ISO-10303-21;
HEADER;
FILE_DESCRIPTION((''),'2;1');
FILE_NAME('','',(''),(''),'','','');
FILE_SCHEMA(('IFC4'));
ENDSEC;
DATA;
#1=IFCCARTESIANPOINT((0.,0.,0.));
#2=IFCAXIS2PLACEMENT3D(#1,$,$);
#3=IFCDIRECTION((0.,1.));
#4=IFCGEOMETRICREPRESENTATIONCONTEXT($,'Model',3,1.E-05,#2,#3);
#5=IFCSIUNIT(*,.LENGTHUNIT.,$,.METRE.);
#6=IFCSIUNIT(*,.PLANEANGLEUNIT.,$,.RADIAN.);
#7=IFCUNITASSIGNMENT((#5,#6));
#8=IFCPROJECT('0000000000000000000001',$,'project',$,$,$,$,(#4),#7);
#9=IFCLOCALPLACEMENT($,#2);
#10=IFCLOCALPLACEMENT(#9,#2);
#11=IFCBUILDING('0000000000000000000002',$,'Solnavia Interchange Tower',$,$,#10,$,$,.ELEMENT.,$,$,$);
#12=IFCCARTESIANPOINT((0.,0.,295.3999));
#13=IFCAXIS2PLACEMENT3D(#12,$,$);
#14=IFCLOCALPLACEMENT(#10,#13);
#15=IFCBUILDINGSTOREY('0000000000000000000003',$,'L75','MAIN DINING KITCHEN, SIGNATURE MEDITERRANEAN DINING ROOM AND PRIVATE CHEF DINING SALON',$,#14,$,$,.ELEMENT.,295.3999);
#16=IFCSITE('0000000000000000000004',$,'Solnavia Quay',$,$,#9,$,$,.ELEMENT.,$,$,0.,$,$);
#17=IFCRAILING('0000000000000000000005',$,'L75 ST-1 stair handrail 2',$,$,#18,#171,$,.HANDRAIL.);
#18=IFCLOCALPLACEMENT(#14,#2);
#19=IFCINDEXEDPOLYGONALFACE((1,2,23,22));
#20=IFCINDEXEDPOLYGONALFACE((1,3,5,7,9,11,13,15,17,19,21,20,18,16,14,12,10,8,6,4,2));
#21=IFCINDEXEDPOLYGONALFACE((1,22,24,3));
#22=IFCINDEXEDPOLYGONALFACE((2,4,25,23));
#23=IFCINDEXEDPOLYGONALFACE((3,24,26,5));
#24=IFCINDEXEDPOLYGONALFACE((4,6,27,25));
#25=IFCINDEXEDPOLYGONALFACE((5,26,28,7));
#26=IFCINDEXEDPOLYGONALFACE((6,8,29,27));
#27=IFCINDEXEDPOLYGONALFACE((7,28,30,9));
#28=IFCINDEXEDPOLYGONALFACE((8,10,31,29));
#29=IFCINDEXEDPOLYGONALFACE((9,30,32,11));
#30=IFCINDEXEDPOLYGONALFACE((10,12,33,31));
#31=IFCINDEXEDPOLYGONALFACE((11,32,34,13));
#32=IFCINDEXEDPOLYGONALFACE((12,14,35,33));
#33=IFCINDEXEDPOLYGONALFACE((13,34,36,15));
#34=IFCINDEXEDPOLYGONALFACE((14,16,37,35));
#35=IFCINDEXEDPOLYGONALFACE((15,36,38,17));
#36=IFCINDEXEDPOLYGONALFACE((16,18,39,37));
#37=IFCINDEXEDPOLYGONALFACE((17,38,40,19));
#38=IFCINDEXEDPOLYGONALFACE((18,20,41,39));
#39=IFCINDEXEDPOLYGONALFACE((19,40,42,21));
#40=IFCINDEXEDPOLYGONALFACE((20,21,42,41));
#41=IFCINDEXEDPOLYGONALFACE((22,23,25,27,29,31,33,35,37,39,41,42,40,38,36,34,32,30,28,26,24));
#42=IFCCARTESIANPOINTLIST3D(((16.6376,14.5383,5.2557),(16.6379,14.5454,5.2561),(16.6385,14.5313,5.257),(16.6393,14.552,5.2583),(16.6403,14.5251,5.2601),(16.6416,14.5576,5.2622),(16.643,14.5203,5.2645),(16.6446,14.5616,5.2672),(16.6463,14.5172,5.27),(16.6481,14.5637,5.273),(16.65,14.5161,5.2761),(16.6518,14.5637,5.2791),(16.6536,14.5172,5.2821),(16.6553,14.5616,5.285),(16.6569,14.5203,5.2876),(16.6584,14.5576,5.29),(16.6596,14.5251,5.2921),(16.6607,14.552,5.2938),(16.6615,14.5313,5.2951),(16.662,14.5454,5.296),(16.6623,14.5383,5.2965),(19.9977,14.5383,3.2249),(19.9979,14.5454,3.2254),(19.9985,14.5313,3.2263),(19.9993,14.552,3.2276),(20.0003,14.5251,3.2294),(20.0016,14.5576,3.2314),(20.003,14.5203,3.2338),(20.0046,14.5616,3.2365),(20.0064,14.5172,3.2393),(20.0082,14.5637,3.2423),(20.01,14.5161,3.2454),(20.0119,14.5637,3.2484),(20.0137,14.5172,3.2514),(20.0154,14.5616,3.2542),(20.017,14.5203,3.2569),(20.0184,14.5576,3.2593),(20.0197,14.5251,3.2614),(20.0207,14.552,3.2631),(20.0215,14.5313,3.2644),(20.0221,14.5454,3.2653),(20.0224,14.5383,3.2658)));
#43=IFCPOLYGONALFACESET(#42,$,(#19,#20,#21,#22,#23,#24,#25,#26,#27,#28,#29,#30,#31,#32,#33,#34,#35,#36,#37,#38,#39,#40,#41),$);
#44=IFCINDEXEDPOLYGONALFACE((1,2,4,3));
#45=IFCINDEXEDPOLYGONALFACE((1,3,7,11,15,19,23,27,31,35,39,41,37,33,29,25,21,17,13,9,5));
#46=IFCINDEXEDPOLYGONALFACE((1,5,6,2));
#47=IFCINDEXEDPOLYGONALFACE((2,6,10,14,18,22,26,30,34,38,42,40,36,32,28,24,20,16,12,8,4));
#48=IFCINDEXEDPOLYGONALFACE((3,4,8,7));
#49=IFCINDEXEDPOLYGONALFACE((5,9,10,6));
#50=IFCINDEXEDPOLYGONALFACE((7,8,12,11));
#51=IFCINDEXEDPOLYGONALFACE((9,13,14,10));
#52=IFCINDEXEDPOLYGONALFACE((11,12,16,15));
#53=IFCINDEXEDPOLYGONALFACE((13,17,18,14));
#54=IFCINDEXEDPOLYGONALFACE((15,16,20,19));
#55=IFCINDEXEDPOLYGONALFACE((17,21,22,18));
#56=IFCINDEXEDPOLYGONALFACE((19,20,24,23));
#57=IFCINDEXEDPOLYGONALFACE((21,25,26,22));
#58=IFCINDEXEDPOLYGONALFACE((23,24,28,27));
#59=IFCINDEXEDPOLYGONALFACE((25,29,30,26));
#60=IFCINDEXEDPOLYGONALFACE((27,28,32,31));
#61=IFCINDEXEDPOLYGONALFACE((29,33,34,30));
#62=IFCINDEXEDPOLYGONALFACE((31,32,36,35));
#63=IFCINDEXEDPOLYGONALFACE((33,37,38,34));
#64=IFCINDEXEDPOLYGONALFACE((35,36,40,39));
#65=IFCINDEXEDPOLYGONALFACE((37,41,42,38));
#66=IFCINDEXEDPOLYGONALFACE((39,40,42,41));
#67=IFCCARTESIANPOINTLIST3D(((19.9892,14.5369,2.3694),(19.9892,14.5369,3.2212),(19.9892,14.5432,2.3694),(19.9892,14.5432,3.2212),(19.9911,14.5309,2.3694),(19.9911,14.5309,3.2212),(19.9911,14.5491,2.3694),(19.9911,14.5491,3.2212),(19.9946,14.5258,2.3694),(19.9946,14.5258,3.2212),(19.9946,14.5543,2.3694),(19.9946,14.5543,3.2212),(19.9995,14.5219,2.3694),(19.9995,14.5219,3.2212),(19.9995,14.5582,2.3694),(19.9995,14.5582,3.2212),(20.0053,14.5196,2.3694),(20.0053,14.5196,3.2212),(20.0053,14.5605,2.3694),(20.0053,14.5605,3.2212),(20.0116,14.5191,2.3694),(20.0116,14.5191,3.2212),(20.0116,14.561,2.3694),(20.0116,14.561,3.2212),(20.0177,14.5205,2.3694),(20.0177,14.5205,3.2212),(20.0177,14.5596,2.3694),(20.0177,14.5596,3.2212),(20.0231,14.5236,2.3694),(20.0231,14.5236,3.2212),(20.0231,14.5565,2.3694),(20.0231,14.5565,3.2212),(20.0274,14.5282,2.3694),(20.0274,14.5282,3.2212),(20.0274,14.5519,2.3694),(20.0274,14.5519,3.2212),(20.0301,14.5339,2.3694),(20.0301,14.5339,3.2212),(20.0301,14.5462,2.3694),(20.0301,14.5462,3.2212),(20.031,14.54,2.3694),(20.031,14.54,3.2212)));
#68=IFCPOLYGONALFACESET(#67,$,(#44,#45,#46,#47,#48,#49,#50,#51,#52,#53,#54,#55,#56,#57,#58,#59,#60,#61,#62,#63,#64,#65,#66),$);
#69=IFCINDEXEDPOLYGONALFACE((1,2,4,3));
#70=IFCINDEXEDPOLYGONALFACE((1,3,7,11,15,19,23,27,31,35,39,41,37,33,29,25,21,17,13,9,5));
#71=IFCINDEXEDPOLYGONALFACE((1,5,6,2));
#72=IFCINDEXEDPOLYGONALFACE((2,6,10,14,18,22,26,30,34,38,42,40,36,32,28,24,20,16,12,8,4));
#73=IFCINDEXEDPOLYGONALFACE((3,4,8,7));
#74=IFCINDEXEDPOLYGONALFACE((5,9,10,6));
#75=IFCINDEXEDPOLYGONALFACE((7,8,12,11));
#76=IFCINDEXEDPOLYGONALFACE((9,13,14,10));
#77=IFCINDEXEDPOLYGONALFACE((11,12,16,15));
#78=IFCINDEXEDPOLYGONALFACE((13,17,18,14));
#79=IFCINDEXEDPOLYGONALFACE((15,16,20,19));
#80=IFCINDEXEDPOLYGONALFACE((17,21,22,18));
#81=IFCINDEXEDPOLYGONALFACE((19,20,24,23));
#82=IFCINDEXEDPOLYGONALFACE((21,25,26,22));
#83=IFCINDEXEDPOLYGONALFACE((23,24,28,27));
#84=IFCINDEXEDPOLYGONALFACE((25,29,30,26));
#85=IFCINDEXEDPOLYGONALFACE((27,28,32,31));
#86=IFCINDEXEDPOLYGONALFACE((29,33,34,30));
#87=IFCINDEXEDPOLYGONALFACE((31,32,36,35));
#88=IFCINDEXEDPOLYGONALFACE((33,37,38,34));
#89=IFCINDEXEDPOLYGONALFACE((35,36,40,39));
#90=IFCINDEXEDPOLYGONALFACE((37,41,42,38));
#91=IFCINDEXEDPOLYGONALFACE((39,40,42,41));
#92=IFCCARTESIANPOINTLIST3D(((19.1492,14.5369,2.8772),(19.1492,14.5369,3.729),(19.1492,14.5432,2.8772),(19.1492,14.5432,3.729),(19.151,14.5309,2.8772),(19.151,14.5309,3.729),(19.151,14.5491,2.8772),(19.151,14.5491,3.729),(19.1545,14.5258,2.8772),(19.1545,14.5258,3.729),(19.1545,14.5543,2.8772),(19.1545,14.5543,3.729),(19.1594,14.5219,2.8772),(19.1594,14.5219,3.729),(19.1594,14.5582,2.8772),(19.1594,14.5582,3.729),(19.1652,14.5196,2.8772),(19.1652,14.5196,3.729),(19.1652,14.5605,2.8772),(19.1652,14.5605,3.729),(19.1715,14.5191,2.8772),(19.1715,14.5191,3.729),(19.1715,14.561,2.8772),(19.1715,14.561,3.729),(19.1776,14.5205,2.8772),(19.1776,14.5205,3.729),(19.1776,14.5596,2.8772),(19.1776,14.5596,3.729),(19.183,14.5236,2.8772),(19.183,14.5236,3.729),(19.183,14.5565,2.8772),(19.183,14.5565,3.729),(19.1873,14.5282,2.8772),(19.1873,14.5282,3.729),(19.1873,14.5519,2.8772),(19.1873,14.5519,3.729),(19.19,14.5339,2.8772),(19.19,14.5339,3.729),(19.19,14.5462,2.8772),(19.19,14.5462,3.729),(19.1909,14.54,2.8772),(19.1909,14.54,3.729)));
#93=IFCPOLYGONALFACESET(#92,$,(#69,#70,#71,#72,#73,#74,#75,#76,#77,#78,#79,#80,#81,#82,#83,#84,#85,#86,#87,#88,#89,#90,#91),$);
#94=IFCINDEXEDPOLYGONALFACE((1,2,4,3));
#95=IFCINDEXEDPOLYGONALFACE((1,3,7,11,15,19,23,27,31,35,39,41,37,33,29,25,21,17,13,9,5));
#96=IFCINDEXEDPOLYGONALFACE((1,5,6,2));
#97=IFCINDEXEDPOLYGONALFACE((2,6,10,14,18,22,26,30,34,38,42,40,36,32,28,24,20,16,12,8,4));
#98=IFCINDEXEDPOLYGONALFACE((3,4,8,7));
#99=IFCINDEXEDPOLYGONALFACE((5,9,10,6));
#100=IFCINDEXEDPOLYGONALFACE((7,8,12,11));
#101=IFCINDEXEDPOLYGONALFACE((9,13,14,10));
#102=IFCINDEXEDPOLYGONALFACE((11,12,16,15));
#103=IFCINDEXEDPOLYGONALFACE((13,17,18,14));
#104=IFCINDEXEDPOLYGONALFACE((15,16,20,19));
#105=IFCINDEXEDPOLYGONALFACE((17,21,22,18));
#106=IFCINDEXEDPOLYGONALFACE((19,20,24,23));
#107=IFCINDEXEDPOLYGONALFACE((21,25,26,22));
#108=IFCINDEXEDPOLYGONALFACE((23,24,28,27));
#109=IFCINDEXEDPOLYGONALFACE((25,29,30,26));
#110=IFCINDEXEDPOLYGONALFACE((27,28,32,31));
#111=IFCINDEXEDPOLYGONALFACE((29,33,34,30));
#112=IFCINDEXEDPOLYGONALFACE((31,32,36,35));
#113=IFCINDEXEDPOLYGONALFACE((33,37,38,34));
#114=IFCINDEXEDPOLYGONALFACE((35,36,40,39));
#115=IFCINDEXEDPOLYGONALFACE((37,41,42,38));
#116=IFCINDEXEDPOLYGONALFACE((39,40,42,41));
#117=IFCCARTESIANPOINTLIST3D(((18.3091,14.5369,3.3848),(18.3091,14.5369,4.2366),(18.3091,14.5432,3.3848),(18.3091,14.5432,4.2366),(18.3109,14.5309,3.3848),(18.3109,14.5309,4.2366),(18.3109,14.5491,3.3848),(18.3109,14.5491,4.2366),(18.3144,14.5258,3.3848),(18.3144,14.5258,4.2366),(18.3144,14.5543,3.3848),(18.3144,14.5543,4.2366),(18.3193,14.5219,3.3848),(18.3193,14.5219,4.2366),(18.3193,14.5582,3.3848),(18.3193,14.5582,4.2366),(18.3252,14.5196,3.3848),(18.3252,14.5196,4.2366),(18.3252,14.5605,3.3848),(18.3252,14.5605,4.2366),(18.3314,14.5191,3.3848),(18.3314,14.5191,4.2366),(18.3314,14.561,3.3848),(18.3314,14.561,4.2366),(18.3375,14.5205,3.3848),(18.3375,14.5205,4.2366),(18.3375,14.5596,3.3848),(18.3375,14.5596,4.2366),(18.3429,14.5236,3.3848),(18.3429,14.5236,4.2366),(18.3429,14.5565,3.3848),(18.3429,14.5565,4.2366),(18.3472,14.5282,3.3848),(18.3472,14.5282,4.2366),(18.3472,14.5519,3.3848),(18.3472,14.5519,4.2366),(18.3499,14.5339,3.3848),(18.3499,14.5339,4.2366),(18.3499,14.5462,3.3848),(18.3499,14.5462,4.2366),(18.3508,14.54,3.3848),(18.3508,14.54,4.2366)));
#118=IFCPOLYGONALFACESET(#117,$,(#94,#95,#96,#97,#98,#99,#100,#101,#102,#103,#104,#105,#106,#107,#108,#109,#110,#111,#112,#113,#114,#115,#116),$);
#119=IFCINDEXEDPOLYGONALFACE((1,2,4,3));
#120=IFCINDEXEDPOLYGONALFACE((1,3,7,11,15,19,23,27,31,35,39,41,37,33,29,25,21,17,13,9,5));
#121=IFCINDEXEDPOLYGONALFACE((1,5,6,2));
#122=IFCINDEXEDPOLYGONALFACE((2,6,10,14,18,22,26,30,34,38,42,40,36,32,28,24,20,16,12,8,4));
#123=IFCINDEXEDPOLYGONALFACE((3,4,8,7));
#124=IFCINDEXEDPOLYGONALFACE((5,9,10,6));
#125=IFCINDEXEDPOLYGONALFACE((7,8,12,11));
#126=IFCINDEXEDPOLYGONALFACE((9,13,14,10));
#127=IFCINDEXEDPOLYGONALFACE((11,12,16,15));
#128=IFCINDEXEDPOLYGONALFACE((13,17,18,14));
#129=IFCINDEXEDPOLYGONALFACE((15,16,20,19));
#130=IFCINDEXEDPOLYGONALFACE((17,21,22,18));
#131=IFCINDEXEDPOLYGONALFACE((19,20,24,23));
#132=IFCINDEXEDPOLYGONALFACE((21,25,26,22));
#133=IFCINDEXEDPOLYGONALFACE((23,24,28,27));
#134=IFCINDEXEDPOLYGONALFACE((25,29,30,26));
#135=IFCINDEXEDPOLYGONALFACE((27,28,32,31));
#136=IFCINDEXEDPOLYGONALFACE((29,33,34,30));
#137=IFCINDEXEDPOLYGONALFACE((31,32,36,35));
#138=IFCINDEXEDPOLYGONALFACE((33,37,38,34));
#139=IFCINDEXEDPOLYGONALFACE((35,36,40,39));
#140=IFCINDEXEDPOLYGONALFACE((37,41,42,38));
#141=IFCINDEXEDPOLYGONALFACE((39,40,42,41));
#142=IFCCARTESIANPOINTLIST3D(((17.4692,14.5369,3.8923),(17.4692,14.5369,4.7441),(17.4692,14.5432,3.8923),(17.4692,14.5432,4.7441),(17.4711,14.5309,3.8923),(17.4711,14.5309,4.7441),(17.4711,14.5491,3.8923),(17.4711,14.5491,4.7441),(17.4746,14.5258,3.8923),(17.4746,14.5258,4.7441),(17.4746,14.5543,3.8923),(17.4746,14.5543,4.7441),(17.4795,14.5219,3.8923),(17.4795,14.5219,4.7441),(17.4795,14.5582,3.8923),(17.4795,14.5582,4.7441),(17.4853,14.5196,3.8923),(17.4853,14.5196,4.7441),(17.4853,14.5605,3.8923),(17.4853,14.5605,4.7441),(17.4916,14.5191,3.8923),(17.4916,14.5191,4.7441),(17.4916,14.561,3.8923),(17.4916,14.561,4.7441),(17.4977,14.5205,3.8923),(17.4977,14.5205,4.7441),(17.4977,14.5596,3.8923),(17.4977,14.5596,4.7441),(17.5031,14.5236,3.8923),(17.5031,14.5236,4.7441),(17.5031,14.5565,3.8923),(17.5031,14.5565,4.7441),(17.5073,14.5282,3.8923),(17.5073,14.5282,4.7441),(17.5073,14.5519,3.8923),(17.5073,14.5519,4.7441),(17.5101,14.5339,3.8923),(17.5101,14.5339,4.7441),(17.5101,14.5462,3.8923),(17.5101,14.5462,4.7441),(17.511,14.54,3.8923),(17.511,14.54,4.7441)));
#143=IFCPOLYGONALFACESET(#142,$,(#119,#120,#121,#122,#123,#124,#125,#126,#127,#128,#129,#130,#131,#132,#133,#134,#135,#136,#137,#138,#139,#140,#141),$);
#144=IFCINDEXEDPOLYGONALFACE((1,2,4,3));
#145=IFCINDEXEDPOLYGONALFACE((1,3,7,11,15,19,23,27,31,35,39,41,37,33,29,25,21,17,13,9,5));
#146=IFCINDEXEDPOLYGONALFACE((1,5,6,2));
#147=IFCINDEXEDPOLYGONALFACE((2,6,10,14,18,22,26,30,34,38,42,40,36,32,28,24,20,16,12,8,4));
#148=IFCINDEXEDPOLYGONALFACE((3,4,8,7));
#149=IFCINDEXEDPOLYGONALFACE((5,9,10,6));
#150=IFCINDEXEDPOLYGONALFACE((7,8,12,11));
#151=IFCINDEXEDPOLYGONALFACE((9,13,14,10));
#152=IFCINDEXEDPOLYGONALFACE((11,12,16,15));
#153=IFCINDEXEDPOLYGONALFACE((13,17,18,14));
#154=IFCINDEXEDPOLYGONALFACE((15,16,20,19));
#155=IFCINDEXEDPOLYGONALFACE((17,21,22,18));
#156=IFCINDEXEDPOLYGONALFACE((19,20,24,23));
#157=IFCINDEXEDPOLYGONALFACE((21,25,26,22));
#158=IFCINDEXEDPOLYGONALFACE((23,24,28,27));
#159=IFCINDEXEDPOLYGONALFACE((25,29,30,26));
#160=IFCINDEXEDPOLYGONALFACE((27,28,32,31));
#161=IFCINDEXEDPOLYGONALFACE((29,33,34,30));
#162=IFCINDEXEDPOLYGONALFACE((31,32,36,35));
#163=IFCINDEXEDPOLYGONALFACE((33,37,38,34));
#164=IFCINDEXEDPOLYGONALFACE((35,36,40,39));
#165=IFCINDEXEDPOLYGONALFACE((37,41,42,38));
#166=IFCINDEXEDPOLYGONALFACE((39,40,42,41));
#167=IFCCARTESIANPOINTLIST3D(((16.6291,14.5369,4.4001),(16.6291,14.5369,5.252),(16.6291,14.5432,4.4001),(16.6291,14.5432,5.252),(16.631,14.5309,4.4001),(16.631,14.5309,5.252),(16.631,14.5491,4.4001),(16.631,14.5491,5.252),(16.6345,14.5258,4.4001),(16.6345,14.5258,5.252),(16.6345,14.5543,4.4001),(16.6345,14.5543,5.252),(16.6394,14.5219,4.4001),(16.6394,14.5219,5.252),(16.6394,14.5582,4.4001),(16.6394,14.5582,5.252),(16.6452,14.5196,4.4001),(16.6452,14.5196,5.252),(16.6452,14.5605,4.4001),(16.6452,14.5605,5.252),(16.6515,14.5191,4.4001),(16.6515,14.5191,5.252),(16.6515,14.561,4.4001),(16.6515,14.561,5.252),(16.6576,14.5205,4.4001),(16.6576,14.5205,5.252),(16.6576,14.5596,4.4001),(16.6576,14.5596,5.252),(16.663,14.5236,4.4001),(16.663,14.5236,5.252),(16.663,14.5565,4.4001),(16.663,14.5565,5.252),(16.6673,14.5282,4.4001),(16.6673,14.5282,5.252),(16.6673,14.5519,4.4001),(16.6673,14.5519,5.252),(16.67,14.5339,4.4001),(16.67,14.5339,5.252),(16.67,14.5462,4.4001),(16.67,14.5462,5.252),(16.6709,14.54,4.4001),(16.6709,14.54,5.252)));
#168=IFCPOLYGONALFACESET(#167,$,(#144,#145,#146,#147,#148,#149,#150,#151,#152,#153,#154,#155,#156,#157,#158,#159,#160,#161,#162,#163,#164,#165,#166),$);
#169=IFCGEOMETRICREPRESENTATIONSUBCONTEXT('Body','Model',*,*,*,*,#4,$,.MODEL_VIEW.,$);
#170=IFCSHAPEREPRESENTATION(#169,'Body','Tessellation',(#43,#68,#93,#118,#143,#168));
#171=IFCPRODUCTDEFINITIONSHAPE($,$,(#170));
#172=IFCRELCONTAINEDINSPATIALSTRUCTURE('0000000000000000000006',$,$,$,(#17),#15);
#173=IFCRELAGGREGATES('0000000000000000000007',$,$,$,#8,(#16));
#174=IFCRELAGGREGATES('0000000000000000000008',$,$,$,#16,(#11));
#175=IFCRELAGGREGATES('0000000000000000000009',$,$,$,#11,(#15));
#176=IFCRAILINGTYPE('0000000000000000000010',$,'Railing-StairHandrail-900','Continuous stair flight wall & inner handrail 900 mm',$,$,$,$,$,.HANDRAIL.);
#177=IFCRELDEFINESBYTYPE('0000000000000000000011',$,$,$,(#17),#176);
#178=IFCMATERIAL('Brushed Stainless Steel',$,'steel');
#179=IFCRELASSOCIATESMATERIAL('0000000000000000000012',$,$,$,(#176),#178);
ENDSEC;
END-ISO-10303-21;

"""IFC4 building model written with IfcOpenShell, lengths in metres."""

from ifc_helpers import new_model, si_unit, direction, frame, origin, origin_2d, place, context, subcontext, project, spatial, circle, extrude, material, type_object, element, save


model = new_model("IFC4")

# Units and contexts
model_context = context("Model", 3, precision=1e-05, world=origin(), true_north=direction((0.0, 1.0)))
body_context = subcontext(model_context, "Body", "Model", "MODEL_VIEW")
ifc_project = project(units=[si_unit("LENGTHUNIT", "METRE"), si_unit("PLANEANGLEUNIT", "RADIAN")], contexts=[model_context])

# Site, building, storey
site_placement = place(None, origin())
site = spatial("IfcSite", under=ifc_project, at=site_placement, Name="Solnavia Quay", CompositionType="ELEMENT", RefElevation=0.0)
building_placement = place(site_placement, origin())
building = spatial("IfcBuilding", under=site, at=building_placement, Name="Solnavia Interchange Tower", CompositionType="ELEMENT")
storey_placement = place(building_placement, frame((0.0, 0.0, 295.3999)))
storey = spatial("IfcBuildingStorey", under=building, at=storey_placement, Name="L75", Description="MAIN DINING KITCHEN, SIGNATURE MEDITERRANEAN DINING ROOM AND PRIVATE CHEF DINING SALON", CompositionType="ELEMENT", Elevation=295.3999)

# Railing
ifc_material_1 = material(Name="Brushed Stainless Steel", Category="steel")
railing_type_1 = type_object("IfcRailingType", Name="Railing-StairHandrail-900", Description="Continuous stair flight wall & inner handrail 900 mm", PredefinedType="HANDRAIL", material=ifc_material_1)
for number, where, name in (
    (1, (20.01, 14.54, 2.3694), "L75 ST-1 stair handrail 2"),
):
    element("IfcRailing", number, at=place(storey_placement, frame(where)), inside=storey, type_object=railing_type_1, Name=name, PredefinedType="HANDRAIL", context=body_context, shape_type="SweptSolid", body=[
        extrude(circle(Radius=0.0239, at=origin_2d()), frame((0.0, 0.0, 0.876), z_axis=(-0.855837, 0.0, 0.517246), x_axis=(0.0, -1.0, 0.0)), (0.0, 0.0, 1.0), 3.926),
        extrude(circle(Radius=0.021, at=origin_2d()), origin(), (0.0, 0.0, 1.0), 0.8518),
        extrude(circle(Radius=0.021, at=origin_2d()), frame((-0.8401, 0.0, 0.5078)), (0.0, 0.0, 1.0), 0.8518),
        extrude(circle(Radius=0.021, at=origin_2d()), frame((-1.6802, 0.0, 1.0154)), (0.0, 0.0, 1.0), 0.8518),
        extrude(circle(Radius=0.021, at=origin_2d()), frame((-2.52, 0.0, 1.5229)), (0.0, 0.0, 1.0), 0.8518),
        extrude(circle(Radius=0.021, at=origin_2d()), frame((-3.3601, 0.0, 2.0308)), (0.0, 0.0, 1.0), 0.8518),
    ])

save(model, "model.ifc")
